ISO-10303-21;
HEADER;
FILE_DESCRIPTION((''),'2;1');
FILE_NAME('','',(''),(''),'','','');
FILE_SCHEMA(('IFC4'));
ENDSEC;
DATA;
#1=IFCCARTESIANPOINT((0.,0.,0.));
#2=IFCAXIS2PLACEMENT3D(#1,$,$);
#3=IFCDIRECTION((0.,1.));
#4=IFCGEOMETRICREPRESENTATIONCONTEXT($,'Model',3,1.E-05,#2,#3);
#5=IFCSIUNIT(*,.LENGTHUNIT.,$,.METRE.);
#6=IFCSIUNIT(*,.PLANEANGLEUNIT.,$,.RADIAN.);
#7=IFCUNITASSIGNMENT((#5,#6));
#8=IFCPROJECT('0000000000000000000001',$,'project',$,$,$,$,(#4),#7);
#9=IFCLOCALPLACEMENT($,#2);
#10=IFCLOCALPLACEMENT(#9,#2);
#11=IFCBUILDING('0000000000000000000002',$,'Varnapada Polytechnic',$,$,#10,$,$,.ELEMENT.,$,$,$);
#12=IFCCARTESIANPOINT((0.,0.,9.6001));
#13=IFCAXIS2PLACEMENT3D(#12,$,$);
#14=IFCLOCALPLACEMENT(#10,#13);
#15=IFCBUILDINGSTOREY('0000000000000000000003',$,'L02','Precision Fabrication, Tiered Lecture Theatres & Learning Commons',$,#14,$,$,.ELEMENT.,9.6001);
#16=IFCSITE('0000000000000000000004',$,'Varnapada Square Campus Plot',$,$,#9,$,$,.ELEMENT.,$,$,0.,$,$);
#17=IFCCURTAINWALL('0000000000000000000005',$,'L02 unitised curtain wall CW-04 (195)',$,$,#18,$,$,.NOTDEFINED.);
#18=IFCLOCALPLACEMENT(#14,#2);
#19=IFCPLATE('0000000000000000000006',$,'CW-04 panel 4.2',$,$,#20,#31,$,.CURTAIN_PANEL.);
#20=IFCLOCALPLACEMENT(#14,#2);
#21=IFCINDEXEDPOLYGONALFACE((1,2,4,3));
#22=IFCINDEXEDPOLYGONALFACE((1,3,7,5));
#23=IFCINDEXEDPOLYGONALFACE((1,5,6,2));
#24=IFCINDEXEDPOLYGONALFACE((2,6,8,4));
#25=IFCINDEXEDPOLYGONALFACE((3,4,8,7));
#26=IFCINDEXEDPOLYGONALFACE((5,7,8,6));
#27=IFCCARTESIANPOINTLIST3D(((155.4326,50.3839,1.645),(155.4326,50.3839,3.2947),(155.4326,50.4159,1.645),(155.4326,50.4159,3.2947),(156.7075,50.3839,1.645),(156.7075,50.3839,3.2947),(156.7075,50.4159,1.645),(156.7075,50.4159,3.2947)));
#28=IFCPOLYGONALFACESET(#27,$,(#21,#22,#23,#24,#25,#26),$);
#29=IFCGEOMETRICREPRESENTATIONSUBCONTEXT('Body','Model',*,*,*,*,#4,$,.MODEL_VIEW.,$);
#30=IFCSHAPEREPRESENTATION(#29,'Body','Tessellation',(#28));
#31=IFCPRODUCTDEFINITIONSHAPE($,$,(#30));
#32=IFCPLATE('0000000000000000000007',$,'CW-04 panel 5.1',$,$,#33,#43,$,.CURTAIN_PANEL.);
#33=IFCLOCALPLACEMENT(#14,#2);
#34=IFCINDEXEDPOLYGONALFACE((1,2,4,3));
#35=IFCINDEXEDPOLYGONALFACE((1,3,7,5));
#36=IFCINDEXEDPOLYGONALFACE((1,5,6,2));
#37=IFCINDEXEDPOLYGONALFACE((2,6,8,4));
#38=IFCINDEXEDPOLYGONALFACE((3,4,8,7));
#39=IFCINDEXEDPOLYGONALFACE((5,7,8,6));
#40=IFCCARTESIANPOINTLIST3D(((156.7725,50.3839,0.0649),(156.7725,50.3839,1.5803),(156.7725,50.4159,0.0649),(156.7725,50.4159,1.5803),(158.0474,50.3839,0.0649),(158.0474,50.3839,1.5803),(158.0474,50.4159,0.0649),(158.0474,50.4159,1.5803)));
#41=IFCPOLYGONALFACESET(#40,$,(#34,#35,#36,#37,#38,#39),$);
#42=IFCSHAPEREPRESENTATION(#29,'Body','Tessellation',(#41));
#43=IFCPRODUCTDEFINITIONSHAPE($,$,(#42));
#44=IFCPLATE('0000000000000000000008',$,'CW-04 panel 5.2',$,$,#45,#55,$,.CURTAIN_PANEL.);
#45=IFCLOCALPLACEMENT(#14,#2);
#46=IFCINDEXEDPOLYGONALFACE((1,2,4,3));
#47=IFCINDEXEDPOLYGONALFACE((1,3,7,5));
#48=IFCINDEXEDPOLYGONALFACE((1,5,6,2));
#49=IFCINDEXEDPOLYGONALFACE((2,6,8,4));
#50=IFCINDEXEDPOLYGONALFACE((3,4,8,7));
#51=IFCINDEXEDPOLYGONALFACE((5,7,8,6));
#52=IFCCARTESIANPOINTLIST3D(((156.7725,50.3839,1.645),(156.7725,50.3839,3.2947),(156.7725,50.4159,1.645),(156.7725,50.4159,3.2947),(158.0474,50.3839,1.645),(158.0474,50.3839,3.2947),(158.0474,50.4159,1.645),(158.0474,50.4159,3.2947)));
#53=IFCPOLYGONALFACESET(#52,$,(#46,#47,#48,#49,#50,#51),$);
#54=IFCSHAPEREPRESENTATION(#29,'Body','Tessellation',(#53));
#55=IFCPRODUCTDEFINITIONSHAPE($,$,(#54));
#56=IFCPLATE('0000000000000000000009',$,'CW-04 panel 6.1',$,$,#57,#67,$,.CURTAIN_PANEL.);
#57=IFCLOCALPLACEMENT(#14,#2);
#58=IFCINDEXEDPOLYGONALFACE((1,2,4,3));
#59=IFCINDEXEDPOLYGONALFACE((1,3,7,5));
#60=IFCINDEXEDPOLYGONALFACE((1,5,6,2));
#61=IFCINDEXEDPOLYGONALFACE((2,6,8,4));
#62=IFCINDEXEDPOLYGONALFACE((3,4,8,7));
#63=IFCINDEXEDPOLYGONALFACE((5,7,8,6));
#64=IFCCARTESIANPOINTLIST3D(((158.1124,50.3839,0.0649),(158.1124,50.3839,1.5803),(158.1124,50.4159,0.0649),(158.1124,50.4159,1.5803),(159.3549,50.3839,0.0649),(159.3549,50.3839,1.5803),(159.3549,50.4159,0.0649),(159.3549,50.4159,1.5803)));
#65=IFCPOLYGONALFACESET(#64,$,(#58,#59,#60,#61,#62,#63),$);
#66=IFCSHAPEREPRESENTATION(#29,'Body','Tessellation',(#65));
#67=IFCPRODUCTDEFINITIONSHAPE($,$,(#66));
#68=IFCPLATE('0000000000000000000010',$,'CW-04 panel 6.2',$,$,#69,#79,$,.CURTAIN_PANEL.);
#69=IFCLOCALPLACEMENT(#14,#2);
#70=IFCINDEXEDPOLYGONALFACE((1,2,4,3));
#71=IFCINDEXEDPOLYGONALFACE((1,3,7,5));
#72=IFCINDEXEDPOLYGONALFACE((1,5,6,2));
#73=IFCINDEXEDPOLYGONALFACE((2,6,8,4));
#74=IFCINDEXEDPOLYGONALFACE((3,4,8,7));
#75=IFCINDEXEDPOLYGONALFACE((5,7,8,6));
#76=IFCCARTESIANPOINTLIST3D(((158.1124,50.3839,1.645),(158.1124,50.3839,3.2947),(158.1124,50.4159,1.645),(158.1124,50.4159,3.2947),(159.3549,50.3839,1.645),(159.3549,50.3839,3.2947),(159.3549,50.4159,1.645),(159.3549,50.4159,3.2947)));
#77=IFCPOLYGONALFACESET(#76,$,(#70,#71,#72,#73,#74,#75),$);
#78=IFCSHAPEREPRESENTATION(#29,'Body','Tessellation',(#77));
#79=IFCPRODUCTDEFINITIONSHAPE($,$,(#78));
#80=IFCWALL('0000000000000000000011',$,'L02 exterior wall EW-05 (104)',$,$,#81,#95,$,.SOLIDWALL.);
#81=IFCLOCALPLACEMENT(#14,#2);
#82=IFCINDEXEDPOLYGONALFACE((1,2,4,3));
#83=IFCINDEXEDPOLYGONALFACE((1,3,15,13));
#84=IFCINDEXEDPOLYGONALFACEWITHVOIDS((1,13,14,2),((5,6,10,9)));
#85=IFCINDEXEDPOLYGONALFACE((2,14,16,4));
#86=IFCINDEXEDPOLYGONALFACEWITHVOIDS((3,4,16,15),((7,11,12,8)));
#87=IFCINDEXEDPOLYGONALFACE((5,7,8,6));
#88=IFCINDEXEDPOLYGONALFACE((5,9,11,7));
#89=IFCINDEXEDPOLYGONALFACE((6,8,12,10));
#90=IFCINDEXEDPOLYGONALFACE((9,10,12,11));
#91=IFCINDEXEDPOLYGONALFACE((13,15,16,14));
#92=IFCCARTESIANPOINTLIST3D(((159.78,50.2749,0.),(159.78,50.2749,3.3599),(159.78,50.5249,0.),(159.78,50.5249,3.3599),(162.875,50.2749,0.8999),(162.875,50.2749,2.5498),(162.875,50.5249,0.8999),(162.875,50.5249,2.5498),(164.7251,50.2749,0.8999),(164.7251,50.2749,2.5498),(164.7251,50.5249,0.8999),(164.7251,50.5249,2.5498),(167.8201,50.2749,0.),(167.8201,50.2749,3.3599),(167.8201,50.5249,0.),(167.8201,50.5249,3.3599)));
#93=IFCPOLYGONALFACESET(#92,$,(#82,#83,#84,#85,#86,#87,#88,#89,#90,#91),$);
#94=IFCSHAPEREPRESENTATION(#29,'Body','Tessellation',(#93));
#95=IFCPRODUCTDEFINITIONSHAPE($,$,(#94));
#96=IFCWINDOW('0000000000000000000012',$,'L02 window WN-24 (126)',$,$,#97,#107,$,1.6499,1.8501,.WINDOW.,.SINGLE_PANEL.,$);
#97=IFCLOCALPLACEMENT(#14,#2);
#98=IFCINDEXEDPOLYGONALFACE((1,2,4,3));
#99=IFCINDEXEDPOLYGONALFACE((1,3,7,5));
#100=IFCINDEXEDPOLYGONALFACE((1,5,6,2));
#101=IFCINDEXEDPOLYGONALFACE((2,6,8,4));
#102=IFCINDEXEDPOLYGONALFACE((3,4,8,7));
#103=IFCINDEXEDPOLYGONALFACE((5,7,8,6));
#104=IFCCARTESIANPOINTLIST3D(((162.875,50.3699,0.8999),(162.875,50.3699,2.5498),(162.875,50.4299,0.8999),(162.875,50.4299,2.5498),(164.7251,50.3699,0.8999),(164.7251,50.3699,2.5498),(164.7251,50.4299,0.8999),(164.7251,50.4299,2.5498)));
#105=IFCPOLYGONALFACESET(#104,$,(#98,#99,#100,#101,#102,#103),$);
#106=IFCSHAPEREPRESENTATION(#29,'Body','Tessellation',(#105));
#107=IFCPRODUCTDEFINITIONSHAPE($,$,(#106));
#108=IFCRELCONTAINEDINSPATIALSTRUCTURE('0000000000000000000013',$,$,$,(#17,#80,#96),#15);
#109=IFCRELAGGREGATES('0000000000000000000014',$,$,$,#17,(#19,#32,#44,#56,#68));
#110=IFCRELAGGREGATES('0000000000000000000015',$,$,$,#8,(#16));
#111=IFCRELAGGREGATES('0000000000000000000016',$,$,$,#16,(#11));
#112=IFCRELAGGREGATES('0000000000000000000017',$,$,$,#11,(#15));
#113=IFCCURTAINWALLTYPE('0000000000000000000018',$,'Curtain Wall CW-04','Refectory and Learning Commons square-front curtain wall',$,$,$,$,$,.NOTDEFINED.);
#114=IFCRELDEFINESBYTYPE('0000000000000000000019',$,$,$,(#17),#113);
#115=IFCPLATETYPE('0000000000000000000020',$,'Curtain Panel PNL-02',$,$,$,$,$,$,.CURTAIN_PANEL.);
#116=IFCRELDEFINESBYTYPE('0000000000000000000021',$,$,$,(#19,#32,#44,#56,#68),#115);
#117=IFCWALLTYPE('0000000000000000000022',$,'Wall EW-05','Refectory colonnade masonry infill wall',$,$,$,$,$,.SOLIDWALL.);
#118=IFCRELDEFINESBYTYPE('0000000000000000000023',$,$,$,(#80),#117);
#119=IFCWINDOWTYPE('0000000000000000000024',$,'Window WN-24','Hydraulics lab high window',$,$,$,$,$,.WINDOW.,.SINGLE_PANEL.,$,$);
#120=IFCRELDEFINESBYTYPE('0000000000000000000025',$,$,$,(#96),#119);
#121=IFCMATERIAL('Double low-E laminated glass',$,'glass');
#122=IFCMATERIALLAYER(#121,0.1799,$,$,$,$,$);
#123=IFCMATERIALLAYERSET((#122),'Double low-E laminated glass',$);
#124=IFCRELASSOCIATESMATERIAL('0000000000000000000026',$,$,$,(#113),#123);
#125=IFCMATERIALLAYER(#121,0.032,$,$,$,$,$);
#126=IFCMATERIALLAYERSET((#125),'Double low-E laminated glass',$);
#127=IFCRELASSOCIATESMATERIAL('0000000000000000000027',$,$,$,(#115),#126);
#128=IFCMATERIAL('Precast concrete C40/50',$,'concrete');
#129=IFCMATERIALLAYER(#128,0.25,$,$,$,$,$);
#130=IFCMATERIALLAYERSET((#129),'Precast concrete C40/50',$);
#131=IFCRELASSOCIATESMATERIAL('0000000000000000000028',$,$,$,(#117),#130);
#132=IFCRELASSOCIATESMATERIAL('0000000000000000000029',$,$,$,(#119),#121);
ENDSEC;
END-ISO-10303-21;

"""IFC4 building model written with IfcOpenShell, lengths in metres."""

from ifc_helpers import new_model, si_unit, direction, frame, frame_2d, origin, origin_2d, place, context, subcontext, project, spatial, rectangle, extrude, material, layer, layer_set, type_object, element, fill, aggregate, save


model = new_model("IFC4")

# Units and contexts
model_context = context("Model", 3, precision=1e-05, world=origin(), true_north=direction((0.0, 1.0)))
body_context = subcontext(model_context, "Body", "Model", "MODEL_VIEW")
ifc_project = project(units=[si_unit("LENGTHUNIT", "METRE"), si_unit("PLANEANGLEUNIT", "RADIAN")], contexts=[model_context])

# Site, building, storey
site_placement = place(None, origin())
site = spatial("IfcSite", under=ifc_project, at=site_placement, Name="Varnapada Square Campus Plot", CompositionType="ELEMENT", RefElevation=0.0)
building_placement = place(site_placement, origin())
building = spatial("IfcBuilding", under=site, at=building_placement, Name="Varnapada Polytechnic", CompositionType="ELEMENT")
storey_placement = place(building_placement, frame((0.0, 0.0, 9.6001)))
storey = spatial("IfcBuildingStorey", under=building, at=storey_placement, Name="L02", Description="Precision Fabrication, Tiered Lecture Theatres & Learning Commons", CompositionType="ELEMENT", Elevation=9.6001)

# Curtain wall
ifc_material_1 = material(Name="Double low-E laminated glass", Category="glass")
ifc_layer_1 = layer(ifc_material_1, 0.1799)
ifc_layer_set_1 = layer_set([ifc_layer_1], Name="Double low-E laminated glass")
curtain_wall_type = type_object("IfcCurtainWallType", Name="Curtain Wall CW-04", Description="Refectory and Learning Commons square-front curtain wall", PredefinedType="NOTDEFINED", material=ifc_layer_set_1)
curtain_wall_placement = place(storey_placement, origin())
curtain_wall = element("IfcCurtainWall", 1, at=curtain_wall_placement, inside=storey, type_object=curtain_wall_type, Name="L02 unitised curtain wall CW-04 (195)", PredefinedType="NOTDEFINED")

# Plates
ifc_layer_2 = layer(ifc_material_1, 0.032)
ifc_layer_set_2 = layer_set([ifc_layer_2], Name="Double low-E laminated glass")
plate_type = type_object("IfcPlateType", Name="Curtain Panel PNL-02", PredefinedType="CURTAIN_PANEL", material=ifc_layer_set_2)
plate_1_placement = place(storey_placement, frame((156.0701, 50.3999, 1.645), z_axis=(0.0, 0.0, 1.0), x_axis=(1.0, 0.0, 0.0)))
plate_1 = element("IfcPlate", 2, at=plate_1_placement, type_object=plate_type, Name="CW-04 panel 4.2", PredefinedType="CURTAIN_PANEL", context=body_context, shape_type="SweptSolid", body=[
    extrude(rectangle(XDim=1.2749, YDim=0.032, at=origin_2d()), origin(), (0.0, 0.0, 1.0), 1.6497),
])
plate_2_placement = place(storey_placement, frame((157.4099, 50.3999, 0.0649), z_axis=(0.0, 0.0, 1.0), x_axis=(1.0, 0.0, 0.0)))
plate_2 = element("IfcPlate", 3, at=plate_2_placement, type_object=plate_type, Name="CW-04 panel 5.1", PredefinedType="CURTAIN_PANEL", context=body_context, shape_type="SweptSolid", body=[
    extrude(rectangle(XDim=1.2749, YDim=0.032, at=origin_2d()), origin(), (0.0, 0.0, 1.0), 1.5154),
])
plate_3_placement = place(storey_placement, frame((157.4099, 50.3999, 1.645), z_axis=(0.0, 0.0, 1.0), x_axis=(1.0, 0.0, 0.0)))
plate_3 = element("IfcPlate", 4, at=plate_3_placement, type_object=plate_type, Name="CW-04 panel 5.2", PredefinedType="CURTAIN_PANEL", context=body_context, shape_type="SweptSolid", body=[
    extrude(rectangle(XDim=1.2749, YDim=0.032, at=origin_2d()), origin(), (0.0, 0.0, 1.0), 1.6497),
])
plate_4_placement = place(storey_placement, frame((158.7336, 50.3999, 0.0649), z_axis=(0.0, 0.0, 1.0), x_axis=(1.0, 0.0, 0.0)))
plate_4 = element("IfcPlate", 5, at=plate_4_placement, type_object=plate_type, Name="CW-04 panel 6.1", PredefinedType="CURTAIN_PANEL", context=body_context, shape_type="SweptSolid", body=[
    extrude(rectangle(XDim=1.2424, YDim=0.032, at=origin_2d()), origin(), (0.0, 0.0, 1.0), 1.5154),
])
plate_5_placement = place(storey_placement, frame((158.7336, 50.3999, 1.645), z_axis=(0.0, 0.0, 1.0), x_axis=(1.0, 0.0, 0.0)))
plate_5 = element("IfcPlate", 6, at=plate_5_placement, type_object=plate_type, Name="CW-04 panel 6.2", PredefinedType="CURTAIN_PANEL", context=body_context, shape_type="SweptSolid", body=[
    extrude(rectangle(XDim=1.2424, YDim=0.032, at=origin_2d()), origin(), (0.0, 0.0, 1.0), 1.6497),
])
aggregate(curtain_wall, [plate_1, plate_2, plate_3, plate_4, plate_5])

# Wall, opening, window
ifc_material_2 = material(Name="Precast concrete C40/50", Category="concrete")
ifc_layer_3 = layer(ifc_material_2, 0.25)
ifc_layer_set_3 = layer_set([ifc_layer_3], Name="Precast concrete C40/50")
wall_type = type_object("IfcWallType", Name="Wall EW-05", Description="Refectory colonnade masonry infill wall", PredefinedType="SOLIDWALL", material=ifc_layer_set_3)
wall_placement = place(storey_placement, frame((159.78, 50.3999, 0.0), z_axis=(0.0, 0.0, 1.0), x_axis=(1.0, 0.0, 0.0)))
wall = element("IfcWall", 7, at=wall_placement, inside=storey, type_object=wall_type, Name="L02 exterior wall EW-05 (104)", PredefinedType="SOLIDWALL", context=body_context, shape_type="SweptSolid", body=[
    extrude(rectangle(XDim=8.04, YDim=0.25, at=frame_2d((4.02, 0.0))), origin(), (0.0, 0.0, 1.0), 3.3599),
])
opening_placement = place(wall_placement, frame((3.095, 0.0, 0.8999)))
opening = element("IfcOpeningElement", 8, at=opening_placement, cuts=wall, PredefinedType="OPENING", context=body_context, shape_type="SweptSolid", body=[
    extrude(rectangle(XDim=1.8501, YDim=1.6499, at=frame_2d((0.925, 0.825))), frame((0.0, 0.135, 0.0), z_axis=(0.0, -1.0, 0.0), x_axis=(1.0, 0.0, 0.0)), (0.0, 0.0, 1.0), 0.27),
])
window_type = type_object("IfcWindowType", Name="Window WN-24", Description="Hydraulics lab high window", PartitioningType="SINGLE_PANEL", PredefinedType="WINDOW", material=ifc_material_1)
window_placement = place(opening_placement, origin())
window = element("IfcWindow", 9, at=window_placement, inside=storey, type_object=window_type, Name="L02 window WN-24 (126)", OverallHeight=1.6499, OverallWidth=1.8501, PartitioningType="SINGLE_PANEL", PredefinedType="WINDOW", context=body_context, shape_type="SweptSolid", body=[
    extrude(rectangle(XDim=1.8501, YDim=1.6499, at=frame_2d((0.925, 0.825))), frame((0.0, 0.03, 0.0), z_axis=(0.0, -1.0, 0.0), x_axis=(1.0, 0.0, 0.0)), (0.0, 0.0, 1.0), 0.0601),
])
fill(opening, window)

save(model, "model.ifc")
